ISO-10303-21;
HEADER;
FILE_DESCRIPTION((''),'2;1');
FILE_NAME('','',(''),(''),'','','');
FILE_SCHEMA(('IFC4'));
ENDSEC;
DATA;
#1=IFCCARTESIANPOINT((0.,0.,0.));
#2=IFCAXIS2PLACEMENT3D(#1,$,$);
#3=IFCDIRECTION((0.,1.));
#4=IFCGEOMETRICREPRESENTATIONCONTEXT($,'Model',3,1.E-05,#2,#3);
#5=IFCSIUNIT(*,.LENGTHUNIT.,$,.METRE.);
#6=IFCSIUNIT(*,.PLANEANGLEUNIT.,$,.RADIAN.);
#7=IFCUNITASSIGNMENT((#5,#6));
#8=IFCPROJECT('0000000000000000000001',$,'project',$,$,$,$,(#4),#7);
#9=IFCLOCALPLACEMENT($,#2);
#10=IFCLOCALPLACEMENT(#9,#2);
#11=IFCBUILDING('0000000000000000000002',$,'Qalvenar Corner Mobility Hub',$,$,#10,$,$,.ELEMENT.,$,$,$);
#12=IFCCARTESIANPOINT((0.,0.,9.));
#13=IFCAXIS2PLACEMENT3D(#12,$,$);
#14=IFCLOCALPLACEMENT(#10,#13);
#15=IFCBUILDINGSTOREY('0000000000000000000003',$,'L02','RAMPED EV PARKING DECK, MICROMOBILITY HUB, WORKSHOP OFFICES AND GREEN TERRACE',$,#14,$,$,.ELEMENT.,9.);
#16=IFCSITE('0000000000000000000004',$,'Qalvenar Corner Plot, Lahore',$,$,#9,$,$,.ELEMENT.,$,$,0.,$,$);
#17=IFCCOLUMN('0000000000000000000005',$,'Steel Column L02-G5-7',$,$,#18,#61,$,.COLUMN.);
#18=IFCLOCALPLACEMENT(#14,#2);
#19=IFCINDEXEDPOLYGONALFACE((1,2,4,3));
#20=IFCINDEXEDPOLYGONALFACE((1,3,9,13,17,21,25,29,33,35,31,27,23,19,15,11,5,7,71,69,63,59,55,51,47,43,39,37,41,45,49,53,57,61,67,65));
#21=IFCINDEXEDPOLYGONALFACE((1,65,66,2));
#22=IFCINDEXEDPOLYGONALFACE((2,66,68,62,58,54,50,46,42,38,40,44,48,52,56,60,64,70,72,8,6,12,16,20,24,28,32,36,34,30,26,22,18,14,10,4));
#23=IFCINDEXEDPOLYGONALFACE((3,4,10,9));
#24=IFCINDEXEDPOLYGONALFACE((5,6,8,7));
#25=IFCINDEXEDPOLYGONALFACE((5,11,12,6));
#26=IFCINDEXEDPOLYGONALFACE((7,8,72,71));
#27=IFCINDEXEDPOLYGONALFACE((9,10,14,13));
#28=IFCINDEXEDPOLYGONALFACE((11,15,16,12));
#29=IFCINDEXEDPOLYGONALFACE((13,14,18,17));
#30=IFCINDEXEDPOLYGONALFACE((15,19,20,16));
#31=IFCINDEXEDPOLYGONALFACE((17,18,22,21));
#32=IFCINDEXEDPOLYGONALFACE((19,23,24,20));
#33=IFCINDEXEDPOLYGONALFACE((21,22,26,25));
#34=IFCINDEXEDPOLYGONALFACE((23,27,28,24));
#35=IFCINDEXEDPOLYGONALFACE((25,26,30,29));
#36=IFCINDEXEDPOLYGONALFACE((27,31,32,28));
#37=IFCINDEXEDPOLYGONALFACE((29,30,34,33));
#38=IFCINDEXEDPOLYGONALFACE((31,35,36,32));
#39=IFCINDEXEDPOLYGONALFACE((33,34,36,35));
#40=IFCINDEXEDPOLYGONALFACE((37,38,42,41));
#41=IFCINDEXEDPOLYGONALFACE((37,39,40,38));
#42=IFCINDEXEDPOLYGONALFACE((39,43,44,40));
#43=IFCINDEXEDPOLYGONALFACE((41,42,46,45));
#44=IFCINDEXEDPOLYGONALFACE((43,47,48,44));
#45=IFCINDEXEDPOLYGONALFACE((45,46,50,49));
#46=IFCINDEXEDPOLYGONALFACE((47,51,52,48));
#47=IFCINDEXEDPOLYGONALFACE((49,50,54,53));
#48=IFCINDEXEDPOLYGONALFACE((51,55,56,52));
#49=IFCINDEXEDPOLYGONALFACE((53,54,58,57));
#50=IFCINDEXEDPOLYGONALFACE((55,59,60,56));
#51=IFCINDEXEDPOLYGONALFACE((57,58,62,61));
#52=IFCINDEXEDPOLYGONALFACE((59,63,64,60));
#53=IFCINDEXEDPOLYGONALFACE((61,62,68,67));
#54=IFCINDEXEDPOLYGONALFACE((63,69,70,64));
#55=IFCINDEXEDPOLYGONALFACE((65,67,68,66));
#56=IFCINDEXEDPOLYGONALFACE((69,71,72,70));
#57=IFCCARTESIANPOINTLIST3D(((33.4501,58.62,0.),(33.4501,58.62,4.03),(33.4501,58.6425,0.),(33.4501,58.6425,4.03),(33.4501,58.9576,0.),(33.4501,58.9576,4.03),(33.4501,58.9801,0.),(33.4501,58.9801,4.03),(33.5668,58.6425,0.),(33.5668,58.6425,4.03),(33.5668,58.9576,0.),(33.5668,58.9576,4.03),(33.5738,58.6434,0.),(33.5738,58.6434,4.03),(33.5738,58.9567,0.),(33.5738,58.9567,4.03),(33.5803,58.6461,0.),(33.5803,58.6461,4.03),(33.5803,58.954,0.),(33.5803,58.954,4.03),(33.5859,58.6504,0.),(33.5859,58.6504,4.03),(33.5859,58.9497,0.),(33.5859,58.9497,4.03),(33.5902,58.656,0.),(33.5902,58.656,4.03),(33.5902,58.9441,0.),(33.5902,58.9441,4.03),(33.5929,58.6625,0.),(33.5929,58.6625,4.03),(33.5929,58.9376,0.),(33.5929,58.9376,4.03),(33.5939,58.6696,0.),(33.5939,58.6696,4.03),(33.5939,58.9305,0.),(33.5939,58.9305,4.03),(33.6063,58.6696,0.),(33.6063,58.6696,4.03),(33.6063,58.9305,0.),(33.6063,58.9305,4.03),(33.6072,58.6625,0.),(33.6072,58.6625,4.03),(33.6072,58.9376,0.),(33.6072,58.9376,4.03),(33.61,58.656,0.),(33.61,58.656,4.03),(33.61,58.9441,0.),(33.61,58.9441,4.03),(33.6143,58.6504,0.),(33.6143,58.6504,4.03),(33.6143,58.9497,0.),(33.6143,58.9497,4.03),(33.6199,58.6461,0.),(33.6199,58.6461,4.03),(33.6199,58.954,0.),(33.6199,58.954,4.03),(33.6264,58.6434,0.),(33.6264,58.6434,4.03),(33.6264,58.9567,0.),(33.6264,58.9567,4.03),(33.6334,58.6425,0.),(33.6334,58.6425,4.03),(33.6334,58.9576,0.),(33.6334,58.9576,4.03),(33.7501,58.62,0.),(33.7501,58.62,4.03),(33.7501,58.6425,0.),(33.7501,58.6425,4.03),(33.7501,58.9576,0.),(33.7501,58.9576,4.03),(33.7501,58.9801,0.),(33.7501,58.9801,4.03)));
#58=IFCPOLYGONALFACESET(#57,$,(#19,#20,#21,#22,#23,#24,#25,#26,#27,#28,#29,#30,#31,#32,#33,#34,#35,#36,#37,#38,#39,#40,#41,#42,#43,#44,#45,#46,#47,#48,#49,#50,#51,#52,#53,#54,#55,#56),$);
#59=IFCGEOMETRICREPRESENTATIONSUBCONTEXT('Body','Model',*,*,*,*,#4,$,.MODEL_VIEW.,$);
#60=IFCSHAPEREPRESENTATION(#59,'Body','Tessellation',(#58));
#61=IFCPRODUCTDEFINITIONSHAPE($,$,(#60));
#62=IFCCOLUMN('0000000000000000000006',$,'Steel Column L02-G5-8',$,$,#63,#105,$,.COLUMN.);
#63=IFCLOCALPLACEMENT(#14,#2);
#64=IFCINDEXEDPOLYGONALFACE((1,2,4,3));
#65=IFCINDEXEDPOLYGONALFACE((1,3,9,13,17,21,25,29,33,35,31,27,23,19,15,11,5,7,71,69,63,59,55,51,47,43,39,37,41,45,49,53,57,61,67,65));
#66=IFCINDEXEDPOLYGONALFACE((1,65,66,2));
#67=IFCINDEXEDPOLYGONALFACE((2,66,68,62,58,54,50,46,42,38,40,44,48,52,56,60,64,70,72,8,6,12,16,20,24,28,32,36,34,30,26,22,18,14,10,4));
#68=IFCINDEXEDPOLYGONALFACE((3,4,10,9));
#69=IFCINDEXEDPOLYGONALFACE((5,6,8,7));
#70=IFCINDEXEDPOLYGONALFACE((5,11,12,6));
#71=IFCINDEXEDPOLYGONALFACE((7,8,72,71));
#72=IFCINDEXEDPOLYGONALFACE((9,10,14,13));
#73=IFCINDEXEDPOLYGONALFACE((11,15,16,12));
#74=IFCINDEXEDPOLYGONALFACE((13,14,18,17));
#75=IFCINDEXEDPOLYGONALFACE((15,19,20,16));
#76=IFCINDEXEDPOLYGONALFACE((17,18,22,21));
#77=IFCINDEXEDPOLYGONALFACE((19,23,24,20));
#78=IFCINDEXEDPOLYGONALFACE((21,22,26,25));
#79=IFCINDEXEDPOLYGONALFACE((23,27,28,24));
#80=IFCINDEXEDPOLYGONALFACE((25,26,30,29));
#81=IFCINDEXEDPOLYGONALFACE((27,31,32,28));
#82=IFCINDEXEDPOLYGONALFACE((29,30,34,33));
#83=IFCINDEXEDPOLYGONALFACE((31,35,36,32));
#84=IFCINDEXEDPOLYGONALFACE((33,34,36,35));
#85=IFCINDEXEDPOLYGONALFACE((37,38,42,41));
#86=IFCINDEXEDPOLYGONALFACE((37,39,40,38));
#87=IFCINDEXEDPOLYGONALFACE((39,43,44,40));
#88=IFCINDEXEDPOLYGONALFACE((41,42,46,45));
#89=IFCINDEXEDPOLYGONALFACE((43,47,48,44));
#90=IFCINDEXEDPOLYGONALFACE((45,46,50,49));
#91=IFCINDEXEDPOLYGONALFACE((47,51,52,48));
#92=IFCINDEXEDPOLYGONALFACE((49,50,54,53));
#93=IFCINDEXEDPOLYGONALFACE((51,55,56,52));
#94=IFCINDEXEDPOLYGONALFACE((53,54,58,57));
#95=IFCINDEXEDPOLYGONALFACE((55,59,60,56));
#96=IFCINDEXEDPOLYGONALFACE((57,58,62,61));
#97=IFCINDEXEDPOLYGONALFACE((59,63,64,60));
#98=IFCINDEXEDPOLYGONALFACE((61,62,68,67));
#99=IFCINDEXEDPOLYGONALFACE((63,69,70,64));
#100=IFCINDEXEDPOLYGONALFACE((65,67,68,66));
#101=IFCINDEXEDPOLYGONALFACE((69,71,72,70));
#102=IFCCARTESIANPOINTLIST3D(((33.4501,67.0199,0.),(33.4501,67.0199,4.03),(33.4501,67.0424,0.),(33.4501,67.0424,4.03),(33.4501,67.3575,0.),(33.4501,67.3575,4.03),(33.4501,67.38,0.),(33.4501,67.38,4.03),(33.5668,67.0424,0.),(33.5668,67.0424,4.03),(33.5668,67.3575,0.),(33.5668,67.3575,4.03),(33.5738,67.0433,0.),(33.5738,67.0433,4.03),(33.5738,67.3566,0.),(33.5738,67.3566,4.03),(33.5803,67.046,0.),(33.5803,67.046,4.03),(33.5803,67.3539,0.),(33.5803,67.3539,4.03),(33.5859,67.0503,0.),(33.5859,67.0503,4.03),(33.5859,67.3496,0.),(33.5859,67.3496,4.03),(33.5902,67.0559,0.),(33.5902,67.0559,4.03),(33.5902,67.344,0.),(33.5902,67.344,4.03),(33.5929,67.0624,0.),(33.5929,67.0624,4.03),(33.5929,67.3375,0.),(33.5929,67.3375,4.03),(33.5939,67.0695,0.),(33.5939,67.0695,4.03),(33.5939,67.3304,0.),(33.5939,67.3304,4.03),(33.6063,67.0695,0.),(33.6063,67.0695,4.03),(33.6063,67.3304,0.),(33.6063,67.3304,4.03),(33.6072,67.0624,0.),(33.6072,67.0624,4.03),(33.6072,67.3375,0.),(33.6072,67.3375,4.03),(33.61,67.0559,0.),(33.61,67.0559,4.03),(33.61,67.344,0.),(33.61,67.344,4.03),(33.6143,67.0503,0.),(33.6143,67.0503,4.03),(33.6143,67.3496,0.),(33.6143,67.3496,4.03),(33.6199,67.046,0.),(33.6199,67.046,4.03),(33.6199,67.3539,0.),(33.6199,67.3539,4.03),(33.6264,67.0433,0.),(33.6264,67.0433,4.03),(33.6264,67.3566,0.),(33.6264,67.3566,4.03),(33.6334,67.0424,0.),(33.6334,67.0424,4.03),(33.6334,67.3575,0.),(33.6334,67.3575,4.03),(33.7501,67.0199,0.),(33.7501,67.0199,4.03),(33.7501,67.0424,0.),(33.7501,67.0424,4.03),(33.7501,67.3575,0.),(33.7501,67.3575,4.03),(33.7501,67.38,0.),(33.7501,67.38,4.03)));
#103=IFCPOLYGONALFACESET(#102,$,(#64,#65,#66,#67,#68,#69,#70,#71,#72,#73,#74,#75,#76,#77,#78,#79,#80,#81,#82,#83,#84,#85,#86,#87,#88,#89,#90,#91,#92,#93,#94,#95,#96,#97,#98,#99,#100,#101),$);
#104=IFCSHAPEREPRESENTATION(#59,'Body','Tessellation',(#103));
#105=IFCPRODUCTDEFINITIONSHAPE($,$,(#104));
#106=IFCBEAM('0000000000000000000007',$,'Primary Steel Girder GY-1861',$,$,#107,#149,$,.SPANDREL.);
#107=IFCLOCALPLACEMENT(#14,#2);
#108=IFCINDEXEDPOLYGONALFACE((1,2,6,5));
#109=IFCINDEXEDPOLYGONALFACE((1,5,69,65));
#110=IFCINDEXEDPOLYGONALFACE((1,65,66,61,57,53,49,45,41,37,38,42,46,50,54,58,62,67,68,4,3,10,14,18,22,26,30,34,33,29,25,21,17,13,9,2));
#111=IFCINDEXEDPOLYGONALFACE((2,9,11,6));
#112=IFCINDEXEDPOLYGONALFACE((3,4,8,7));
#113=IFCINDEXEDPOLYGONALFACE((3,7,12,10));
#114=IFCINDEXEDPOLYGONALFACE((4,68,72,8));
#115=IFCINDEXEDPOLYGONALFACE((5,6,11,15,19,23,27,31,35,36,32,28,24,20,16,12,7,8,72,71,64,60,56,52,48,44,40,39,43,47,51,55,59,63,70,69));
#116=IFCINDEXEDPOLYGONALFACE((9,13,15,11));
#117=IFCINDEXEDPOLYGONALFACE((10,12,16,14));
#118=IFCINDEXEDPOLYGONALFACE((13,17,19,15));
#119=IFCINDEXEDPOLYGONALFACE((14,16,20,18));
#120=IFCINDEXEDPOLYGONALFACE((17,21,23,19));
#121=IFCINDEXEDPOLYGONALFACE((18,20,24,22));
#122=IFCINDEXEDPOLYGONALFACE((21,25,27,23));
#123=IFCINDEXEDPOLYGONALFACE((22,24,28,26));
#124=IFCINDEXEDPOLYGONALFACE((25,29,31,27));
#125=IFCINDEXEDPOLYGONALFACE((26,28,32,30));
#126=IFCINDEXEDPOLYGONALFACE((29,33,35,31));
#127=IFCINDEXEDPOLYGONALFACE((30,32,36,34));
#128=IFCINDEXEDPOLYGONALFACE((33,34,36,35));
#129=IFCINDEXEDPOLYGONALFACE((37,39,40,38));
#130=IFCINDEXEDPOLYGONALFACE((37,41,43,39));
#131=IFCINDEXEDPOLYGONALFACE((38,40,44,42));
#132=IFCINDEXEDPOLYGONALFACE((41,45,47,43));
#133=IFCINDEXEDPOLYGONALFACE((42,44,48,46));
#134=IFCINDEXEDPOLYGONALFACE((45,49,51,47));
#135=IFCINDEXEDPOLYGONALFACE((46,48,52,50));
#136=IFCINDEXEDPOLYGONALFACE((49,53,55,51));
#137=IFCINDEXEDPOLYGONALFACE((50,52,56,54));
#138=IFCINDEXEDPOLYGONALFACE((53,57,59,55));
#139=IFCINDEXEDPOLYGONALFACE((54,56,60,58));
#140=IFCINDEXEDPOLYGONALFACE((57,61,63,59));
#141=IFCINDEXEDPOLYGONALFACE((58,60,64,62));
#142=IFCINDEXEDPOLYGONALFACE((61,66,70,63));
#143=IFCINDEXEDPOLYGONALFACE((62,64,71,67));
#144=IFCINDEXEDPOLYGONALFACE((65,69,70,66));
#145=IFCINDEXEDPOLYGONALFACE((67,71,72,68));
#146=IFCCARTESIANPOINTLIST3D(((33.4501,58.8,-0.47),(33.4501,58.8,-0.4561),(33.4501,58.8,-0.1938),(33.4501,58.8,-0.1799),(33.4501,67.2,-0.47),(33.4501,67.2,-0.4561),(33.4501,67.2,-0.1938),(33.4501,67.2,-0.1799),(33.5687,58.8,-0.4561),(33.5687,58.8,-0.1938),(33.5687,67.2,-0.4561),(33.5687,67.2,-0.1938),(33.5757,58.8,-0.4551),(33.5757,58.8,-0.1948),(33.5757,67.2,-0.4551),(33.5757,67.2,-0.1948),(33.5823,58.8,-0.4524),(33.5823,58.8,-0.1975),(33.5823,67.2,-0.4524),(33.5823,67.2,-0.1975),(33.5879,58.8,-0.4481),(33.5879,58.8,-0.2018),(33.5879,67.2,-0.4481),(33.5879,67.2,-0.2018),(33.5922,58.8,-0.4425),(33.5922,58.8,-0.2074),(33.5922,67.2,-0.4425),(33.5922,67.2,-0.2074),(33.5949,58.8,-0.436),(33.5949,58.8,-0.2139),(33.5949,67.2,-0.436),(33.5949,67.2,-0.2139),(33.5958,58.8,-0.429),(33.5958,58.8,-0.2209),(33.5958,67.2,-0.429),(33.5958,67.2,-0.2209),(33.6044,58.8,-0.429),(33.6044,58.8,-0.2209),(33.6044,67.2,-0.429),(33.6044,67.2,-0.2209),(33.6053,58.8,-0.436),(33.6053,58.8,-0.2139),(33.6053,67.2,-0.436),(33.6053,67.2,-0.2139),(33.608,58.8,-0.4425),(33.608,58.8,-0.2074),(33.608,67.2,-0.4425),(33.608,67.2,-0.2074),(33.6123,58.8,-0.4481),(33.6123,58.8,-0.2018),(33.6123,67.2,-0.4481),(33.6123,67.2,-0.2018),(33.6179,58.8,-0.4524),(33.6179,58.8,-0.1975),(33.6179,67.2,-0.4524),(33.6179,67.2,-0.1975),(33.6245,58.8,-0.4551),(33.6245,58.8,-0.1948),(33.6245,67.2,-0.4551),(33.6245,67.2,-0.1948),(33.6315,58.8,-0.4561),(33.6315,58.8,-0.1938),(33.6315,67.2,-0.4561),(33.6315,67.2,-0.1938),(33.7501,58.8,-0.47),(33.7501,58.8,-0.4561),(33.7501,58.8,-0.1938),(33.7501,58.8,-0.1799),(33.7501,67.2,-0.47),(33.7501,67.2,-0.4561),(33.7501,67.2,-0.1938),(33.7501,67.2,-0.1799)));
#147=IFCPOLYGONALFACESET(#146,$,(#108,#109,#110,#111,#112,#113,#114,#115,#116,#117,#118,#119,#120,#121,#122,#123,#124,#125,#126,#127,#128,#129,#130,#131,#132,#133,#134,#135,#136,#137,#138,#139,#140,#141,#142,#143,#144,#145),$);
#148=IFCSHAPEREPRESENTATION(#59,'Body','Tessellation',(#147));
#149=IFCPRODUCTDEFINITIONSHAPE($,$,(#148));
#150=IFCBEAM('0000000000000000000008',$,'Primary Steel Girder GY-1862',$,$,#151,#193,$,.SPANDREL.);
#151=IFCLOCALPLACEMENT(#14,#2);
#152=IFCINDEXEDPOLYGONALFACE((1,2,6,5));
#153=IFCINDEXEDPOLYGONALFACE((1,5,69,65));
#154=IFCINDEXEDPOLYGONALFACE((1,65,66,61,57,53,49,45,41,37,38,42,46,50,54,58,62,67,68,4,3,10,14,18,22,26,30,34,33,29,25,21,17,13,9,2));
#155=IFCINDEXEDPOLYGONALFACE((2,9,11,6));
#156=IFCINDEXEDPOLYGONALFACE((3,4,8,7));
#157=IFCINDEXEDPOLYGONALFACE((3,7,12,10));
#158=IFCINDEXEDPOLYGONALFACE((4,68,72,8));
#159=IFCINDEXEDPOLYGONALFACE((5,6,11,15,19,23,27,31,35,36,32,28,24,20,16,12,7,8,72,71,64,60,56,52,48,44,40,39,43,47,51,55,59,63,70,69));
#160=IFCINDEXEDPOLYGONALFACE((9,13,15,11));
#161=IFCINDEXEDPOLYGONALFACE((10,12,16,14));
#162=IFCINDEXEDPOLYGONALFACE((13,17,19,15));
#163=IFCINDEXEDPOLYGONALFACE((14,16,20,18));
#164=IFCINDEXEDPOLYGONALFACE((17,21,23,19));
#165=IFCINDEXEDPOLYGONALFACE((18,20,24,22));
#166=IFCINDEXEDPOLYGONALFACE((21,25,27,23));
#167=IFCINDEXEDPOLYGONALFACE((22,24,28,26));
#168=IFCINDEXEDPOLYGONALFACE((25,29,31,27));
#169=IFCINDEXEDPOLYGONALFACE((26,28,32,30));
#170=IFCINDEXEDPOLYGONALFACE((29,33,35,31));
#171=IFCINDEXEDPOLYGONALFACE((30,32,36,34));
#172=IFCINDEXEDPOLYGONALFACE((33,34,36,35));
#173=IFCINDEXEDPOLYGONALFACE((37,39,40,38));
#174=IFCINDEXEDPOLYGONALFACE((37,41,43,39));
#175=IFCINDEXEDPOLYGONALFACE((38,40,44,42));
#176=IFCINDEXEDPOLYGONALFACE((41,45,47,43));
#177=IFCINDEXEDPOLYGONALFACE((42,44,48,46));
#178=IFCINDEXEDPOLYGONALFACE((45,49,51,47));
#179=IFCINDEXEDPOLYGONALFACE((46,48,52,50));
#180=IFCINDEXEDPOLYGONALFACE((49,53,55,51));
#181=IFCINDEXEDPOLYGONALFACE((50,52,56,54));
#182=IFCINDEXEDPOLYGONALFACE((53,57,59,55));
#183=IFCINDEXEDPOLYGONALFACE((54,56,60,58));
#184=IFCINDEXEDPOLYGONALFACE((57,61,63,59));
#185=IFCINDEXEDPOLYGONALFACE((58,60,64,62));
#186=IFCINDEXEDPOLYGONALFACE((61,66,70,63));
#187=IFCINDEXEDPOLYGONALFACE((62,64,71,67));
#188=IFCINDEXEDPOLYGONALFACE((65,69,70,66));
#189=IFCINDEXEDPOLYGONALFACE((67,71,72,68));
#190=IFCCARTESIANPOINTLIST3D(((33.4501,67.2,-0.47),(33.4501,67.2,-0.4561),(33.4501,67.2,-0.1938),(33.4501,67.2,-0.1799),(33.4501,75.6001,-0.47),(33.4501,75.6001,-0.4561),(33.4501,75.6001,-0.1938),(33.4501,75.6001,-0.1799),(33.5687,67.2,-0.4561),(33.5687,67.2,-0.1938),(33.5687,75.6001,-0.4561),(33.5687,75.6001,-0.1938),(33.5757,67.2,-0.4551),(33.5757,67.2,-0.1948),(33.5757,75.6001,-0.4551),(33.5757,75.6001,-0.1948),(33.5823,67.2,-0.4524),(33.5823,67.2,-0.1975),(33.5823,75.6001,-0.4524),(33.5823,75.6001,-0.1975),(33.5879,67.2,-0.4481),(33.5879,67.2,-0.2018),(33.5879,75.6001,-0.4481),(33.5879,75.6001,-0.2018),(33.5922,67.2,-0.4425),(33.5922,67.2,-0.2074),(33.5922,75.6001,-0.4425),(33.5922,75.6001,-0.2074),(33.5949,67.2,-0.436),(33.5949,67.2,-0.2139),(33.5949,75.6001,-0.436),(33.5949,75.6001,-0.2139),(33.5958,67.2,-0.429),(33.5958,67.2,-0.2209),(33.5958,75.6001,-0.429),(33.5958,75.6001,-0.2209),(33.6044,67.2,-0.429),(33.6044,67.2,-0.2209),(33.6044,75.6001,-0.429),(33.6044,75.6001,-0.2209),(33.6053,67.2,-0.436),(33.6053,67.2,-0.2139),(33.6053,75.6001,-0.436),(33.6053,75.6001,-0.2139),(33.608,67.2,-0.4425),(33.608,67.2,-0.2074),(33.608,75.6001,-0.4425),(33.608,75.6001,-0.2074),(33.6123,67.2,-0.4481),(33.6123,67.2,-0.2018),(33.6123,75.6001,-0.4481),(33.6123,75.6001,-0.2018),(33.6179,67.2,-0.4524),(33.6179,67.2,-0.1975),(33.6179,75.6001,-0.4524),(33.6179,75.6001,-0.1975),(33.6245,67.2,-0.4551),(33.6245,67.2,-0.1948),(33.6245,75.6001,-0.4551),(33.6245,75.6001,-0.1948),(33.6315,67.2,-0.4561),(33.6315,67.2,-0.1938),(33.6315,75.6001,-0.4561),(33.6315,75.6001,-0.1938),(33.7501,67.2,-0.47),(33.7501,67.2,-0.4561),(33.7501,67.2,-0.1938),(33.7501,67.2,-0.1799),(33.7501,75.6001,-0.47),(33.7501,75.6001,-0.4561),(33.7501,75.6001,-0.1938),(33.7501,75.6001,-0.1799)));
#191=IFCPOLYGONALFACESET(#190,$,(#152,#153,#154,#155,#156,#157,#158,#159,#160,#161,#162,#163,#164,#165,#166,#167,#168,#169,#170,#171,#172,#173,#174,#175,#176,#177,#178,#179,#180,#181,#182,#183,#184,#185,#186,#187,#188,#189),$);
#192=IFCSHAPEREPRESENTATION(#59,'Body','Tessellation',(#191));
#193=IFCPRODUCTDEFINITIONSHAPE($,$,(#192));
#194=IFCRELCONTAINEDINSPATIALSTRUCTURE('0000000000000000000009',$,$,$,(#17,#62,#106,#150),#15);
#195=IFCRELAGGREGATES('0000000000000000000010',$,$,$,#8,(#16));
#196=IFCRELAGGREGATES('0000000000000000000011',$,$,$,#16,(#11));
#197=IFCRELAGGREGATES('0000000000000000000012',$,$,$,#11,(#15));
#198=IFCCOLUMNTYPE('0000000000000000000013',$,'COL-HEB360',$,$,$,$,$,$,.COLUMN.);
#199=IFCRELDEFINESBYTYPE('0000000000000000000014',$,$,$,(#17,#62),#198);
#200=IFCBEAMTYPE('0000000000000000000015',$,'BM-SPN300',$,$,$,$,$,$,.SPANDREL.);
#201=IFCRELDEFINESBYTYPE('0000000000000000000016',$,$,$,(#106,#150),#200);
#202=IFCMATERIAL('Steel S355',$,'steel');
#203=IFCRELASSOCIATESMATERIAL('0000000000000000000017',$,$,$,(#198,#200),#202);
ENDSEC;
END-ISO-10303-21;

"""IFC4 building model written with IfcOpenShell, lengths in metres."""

from ifc_helpers import new_model, si_unit, direction, frame, origin, origin_2d, place, context, subcontext, project, spatial, i_section, extrude, material, material_profile, profile_set, type_object, element, save


model = new_model("IFC4")

# Units and contexts
model_context = context("Model", 3, precision=1e-05, world=origin(), true_north=direction((0.0, 1.0)))
body_context = subcontext(model_context, "Body", "Model", "MODEL_VIEW")
ifc_project = project(units=[si_unit("LENGTHUNIT", "METRE"), si_unit("PLANEANGLEUNIT", "RADIAN")], contexts=[model_context])

# Site, building, storey
site_placement = place(None, origin())
site = spatial("IfcSite", under=ifc_project, at=site_placement, Name="Qalvenar Corner Plot, Lahore", CompositionType="ELEMENT", RefElevation=0.0)
building_placement = place(site_placement, origin())
building = spatial("IfcBuilding", under=site, at=building_placement, Name="Qalvenar Corner Mobility Hub", CompositionType="ELEMENT")
storey_placement = place(building_placement, frame((0.0, 0.0, 9.0)))
storey = spatial("IfcBuildingStorey", under=building, at=storey_placement, Name="L02", Description="RAMPED EV PARKING DECK, MICROMOBILITY HUB, WORKSHOP OFFICES AND GREEN TERRACE", CompositionType="ELEMENT", Elevation=9.0)

# Columns
ifc_material_1 = material(Name="Steel S355", Category="steel")
ifc_material_profile_1 = material_profile(ifc_material_1, i_section(OverallWidth=0.3, OverallDepth=0.3601, WebThickness=0.0125, FlangeThickness=0.0225, FilletRadius=0.0271, at=origin_2d()), Name="HEB360")
ifc_profile_set_1 = profile_set([ifc_material_profile_1], Name="Steel S355")
column_type = type_object("IfcColumnType", Name="COL-HEB360", PredefinedType="COLUMN", material=ifc_profile_set_1)
for number, where, z_axis, x_axis, name in (
    (1, (33.6001, 58.8, 0.0), (0.0, 0.0, 1.0), (1.0, 0.0, 0.0), "Steel Column L02-G5-7"),
    (2, (33.6001, 67.2, 0.0), (0.0, 0.0, 1.0), (1.0, 0.0, 0.0), "Steel Column L02-G5-8"),
):
    element("IfcColumn", number, at=place(storey_placement, frame(where, z_axis=z_axis, x_axis=x_axis)), inside=storey, type_object=column_type, Name=name, PredefinedType="COLUMN", context=body_context, shape_type="SweptSolid", body=[
        extrude(i_section(OverallWidth=0.3, OverallDepth=0.3601, WebThickness=0.0125, FlangeThickness=0.0225, FilletRadius=0.0271, at=origin_2d()), origin(), (0.0, 0.0, 1.0), 4.03),
    ])

# Beams
ifc_material_profile_2 = material_profile(ifc_material_1, i_section(OverallWidth=0.3, OverallDepth=0.29, WebThickness=0.0085, FlangeThickness=0.0139, FilletRadius=0.0271, at=origin_2d()), Name="HEA300")
ifc_profile_set_2 = profile_set([ifc_material_profile_2], Name="Steel S355")
beam_type = type_object("IfcBeamType", Name="BM-SPN300", PredefinedType="SPANDREL", material=ifc_profile_set_2)
beam_1_placement = place(storey_placement, frame((33.6001, 58.8, -0.325), z_axis=(0.0, 1.0, 0.0), x_axis=(-1.0, 0.0, 0.0)))
element("IfcBeam", 3, at=beam_1_placement, inside=storey, type_object=beam_type, Name="Primary Steel Girder GY-1861", PredefinedType="SPANDREL", context=body_context, shape_type="SweptSolid", body=[
    extrude(i_section(OverallWidth=0.3, OverallDepth=0.29, WebThickness=0.0085, FlangeThickness=0.0139, FilletRadius=0.0271, at=origin_2d()), origin(), (0.0, 0.0, 1.0), 8.3999),
])
beam_2_placement = place(storey_placement, frame((33.6001, 67.2, -0.325), z_axis=(0.0, 1.0, 0.0), x_axis=(-1.0, 0.0, 0.0)))
element("IfcBeam", 4, at=beam_2_placement, inside=storey, type_object=beam_type, Name="Primary Steel Girder GY-1862", PredefinedType="SPANDREL", context=body_context, shape_type="SweptSolid", body=[
    extrude(i_section(OverallWidth=0.3, OverallDepth=0.29, WebThickness=0.0085, FlangeThickness=0.0139, FilletRadius=0.0271, at=origin_2d()), origin(), (0.0, 0.0, 1.0), 8.4001),
])

save(model, "model.ifc")
